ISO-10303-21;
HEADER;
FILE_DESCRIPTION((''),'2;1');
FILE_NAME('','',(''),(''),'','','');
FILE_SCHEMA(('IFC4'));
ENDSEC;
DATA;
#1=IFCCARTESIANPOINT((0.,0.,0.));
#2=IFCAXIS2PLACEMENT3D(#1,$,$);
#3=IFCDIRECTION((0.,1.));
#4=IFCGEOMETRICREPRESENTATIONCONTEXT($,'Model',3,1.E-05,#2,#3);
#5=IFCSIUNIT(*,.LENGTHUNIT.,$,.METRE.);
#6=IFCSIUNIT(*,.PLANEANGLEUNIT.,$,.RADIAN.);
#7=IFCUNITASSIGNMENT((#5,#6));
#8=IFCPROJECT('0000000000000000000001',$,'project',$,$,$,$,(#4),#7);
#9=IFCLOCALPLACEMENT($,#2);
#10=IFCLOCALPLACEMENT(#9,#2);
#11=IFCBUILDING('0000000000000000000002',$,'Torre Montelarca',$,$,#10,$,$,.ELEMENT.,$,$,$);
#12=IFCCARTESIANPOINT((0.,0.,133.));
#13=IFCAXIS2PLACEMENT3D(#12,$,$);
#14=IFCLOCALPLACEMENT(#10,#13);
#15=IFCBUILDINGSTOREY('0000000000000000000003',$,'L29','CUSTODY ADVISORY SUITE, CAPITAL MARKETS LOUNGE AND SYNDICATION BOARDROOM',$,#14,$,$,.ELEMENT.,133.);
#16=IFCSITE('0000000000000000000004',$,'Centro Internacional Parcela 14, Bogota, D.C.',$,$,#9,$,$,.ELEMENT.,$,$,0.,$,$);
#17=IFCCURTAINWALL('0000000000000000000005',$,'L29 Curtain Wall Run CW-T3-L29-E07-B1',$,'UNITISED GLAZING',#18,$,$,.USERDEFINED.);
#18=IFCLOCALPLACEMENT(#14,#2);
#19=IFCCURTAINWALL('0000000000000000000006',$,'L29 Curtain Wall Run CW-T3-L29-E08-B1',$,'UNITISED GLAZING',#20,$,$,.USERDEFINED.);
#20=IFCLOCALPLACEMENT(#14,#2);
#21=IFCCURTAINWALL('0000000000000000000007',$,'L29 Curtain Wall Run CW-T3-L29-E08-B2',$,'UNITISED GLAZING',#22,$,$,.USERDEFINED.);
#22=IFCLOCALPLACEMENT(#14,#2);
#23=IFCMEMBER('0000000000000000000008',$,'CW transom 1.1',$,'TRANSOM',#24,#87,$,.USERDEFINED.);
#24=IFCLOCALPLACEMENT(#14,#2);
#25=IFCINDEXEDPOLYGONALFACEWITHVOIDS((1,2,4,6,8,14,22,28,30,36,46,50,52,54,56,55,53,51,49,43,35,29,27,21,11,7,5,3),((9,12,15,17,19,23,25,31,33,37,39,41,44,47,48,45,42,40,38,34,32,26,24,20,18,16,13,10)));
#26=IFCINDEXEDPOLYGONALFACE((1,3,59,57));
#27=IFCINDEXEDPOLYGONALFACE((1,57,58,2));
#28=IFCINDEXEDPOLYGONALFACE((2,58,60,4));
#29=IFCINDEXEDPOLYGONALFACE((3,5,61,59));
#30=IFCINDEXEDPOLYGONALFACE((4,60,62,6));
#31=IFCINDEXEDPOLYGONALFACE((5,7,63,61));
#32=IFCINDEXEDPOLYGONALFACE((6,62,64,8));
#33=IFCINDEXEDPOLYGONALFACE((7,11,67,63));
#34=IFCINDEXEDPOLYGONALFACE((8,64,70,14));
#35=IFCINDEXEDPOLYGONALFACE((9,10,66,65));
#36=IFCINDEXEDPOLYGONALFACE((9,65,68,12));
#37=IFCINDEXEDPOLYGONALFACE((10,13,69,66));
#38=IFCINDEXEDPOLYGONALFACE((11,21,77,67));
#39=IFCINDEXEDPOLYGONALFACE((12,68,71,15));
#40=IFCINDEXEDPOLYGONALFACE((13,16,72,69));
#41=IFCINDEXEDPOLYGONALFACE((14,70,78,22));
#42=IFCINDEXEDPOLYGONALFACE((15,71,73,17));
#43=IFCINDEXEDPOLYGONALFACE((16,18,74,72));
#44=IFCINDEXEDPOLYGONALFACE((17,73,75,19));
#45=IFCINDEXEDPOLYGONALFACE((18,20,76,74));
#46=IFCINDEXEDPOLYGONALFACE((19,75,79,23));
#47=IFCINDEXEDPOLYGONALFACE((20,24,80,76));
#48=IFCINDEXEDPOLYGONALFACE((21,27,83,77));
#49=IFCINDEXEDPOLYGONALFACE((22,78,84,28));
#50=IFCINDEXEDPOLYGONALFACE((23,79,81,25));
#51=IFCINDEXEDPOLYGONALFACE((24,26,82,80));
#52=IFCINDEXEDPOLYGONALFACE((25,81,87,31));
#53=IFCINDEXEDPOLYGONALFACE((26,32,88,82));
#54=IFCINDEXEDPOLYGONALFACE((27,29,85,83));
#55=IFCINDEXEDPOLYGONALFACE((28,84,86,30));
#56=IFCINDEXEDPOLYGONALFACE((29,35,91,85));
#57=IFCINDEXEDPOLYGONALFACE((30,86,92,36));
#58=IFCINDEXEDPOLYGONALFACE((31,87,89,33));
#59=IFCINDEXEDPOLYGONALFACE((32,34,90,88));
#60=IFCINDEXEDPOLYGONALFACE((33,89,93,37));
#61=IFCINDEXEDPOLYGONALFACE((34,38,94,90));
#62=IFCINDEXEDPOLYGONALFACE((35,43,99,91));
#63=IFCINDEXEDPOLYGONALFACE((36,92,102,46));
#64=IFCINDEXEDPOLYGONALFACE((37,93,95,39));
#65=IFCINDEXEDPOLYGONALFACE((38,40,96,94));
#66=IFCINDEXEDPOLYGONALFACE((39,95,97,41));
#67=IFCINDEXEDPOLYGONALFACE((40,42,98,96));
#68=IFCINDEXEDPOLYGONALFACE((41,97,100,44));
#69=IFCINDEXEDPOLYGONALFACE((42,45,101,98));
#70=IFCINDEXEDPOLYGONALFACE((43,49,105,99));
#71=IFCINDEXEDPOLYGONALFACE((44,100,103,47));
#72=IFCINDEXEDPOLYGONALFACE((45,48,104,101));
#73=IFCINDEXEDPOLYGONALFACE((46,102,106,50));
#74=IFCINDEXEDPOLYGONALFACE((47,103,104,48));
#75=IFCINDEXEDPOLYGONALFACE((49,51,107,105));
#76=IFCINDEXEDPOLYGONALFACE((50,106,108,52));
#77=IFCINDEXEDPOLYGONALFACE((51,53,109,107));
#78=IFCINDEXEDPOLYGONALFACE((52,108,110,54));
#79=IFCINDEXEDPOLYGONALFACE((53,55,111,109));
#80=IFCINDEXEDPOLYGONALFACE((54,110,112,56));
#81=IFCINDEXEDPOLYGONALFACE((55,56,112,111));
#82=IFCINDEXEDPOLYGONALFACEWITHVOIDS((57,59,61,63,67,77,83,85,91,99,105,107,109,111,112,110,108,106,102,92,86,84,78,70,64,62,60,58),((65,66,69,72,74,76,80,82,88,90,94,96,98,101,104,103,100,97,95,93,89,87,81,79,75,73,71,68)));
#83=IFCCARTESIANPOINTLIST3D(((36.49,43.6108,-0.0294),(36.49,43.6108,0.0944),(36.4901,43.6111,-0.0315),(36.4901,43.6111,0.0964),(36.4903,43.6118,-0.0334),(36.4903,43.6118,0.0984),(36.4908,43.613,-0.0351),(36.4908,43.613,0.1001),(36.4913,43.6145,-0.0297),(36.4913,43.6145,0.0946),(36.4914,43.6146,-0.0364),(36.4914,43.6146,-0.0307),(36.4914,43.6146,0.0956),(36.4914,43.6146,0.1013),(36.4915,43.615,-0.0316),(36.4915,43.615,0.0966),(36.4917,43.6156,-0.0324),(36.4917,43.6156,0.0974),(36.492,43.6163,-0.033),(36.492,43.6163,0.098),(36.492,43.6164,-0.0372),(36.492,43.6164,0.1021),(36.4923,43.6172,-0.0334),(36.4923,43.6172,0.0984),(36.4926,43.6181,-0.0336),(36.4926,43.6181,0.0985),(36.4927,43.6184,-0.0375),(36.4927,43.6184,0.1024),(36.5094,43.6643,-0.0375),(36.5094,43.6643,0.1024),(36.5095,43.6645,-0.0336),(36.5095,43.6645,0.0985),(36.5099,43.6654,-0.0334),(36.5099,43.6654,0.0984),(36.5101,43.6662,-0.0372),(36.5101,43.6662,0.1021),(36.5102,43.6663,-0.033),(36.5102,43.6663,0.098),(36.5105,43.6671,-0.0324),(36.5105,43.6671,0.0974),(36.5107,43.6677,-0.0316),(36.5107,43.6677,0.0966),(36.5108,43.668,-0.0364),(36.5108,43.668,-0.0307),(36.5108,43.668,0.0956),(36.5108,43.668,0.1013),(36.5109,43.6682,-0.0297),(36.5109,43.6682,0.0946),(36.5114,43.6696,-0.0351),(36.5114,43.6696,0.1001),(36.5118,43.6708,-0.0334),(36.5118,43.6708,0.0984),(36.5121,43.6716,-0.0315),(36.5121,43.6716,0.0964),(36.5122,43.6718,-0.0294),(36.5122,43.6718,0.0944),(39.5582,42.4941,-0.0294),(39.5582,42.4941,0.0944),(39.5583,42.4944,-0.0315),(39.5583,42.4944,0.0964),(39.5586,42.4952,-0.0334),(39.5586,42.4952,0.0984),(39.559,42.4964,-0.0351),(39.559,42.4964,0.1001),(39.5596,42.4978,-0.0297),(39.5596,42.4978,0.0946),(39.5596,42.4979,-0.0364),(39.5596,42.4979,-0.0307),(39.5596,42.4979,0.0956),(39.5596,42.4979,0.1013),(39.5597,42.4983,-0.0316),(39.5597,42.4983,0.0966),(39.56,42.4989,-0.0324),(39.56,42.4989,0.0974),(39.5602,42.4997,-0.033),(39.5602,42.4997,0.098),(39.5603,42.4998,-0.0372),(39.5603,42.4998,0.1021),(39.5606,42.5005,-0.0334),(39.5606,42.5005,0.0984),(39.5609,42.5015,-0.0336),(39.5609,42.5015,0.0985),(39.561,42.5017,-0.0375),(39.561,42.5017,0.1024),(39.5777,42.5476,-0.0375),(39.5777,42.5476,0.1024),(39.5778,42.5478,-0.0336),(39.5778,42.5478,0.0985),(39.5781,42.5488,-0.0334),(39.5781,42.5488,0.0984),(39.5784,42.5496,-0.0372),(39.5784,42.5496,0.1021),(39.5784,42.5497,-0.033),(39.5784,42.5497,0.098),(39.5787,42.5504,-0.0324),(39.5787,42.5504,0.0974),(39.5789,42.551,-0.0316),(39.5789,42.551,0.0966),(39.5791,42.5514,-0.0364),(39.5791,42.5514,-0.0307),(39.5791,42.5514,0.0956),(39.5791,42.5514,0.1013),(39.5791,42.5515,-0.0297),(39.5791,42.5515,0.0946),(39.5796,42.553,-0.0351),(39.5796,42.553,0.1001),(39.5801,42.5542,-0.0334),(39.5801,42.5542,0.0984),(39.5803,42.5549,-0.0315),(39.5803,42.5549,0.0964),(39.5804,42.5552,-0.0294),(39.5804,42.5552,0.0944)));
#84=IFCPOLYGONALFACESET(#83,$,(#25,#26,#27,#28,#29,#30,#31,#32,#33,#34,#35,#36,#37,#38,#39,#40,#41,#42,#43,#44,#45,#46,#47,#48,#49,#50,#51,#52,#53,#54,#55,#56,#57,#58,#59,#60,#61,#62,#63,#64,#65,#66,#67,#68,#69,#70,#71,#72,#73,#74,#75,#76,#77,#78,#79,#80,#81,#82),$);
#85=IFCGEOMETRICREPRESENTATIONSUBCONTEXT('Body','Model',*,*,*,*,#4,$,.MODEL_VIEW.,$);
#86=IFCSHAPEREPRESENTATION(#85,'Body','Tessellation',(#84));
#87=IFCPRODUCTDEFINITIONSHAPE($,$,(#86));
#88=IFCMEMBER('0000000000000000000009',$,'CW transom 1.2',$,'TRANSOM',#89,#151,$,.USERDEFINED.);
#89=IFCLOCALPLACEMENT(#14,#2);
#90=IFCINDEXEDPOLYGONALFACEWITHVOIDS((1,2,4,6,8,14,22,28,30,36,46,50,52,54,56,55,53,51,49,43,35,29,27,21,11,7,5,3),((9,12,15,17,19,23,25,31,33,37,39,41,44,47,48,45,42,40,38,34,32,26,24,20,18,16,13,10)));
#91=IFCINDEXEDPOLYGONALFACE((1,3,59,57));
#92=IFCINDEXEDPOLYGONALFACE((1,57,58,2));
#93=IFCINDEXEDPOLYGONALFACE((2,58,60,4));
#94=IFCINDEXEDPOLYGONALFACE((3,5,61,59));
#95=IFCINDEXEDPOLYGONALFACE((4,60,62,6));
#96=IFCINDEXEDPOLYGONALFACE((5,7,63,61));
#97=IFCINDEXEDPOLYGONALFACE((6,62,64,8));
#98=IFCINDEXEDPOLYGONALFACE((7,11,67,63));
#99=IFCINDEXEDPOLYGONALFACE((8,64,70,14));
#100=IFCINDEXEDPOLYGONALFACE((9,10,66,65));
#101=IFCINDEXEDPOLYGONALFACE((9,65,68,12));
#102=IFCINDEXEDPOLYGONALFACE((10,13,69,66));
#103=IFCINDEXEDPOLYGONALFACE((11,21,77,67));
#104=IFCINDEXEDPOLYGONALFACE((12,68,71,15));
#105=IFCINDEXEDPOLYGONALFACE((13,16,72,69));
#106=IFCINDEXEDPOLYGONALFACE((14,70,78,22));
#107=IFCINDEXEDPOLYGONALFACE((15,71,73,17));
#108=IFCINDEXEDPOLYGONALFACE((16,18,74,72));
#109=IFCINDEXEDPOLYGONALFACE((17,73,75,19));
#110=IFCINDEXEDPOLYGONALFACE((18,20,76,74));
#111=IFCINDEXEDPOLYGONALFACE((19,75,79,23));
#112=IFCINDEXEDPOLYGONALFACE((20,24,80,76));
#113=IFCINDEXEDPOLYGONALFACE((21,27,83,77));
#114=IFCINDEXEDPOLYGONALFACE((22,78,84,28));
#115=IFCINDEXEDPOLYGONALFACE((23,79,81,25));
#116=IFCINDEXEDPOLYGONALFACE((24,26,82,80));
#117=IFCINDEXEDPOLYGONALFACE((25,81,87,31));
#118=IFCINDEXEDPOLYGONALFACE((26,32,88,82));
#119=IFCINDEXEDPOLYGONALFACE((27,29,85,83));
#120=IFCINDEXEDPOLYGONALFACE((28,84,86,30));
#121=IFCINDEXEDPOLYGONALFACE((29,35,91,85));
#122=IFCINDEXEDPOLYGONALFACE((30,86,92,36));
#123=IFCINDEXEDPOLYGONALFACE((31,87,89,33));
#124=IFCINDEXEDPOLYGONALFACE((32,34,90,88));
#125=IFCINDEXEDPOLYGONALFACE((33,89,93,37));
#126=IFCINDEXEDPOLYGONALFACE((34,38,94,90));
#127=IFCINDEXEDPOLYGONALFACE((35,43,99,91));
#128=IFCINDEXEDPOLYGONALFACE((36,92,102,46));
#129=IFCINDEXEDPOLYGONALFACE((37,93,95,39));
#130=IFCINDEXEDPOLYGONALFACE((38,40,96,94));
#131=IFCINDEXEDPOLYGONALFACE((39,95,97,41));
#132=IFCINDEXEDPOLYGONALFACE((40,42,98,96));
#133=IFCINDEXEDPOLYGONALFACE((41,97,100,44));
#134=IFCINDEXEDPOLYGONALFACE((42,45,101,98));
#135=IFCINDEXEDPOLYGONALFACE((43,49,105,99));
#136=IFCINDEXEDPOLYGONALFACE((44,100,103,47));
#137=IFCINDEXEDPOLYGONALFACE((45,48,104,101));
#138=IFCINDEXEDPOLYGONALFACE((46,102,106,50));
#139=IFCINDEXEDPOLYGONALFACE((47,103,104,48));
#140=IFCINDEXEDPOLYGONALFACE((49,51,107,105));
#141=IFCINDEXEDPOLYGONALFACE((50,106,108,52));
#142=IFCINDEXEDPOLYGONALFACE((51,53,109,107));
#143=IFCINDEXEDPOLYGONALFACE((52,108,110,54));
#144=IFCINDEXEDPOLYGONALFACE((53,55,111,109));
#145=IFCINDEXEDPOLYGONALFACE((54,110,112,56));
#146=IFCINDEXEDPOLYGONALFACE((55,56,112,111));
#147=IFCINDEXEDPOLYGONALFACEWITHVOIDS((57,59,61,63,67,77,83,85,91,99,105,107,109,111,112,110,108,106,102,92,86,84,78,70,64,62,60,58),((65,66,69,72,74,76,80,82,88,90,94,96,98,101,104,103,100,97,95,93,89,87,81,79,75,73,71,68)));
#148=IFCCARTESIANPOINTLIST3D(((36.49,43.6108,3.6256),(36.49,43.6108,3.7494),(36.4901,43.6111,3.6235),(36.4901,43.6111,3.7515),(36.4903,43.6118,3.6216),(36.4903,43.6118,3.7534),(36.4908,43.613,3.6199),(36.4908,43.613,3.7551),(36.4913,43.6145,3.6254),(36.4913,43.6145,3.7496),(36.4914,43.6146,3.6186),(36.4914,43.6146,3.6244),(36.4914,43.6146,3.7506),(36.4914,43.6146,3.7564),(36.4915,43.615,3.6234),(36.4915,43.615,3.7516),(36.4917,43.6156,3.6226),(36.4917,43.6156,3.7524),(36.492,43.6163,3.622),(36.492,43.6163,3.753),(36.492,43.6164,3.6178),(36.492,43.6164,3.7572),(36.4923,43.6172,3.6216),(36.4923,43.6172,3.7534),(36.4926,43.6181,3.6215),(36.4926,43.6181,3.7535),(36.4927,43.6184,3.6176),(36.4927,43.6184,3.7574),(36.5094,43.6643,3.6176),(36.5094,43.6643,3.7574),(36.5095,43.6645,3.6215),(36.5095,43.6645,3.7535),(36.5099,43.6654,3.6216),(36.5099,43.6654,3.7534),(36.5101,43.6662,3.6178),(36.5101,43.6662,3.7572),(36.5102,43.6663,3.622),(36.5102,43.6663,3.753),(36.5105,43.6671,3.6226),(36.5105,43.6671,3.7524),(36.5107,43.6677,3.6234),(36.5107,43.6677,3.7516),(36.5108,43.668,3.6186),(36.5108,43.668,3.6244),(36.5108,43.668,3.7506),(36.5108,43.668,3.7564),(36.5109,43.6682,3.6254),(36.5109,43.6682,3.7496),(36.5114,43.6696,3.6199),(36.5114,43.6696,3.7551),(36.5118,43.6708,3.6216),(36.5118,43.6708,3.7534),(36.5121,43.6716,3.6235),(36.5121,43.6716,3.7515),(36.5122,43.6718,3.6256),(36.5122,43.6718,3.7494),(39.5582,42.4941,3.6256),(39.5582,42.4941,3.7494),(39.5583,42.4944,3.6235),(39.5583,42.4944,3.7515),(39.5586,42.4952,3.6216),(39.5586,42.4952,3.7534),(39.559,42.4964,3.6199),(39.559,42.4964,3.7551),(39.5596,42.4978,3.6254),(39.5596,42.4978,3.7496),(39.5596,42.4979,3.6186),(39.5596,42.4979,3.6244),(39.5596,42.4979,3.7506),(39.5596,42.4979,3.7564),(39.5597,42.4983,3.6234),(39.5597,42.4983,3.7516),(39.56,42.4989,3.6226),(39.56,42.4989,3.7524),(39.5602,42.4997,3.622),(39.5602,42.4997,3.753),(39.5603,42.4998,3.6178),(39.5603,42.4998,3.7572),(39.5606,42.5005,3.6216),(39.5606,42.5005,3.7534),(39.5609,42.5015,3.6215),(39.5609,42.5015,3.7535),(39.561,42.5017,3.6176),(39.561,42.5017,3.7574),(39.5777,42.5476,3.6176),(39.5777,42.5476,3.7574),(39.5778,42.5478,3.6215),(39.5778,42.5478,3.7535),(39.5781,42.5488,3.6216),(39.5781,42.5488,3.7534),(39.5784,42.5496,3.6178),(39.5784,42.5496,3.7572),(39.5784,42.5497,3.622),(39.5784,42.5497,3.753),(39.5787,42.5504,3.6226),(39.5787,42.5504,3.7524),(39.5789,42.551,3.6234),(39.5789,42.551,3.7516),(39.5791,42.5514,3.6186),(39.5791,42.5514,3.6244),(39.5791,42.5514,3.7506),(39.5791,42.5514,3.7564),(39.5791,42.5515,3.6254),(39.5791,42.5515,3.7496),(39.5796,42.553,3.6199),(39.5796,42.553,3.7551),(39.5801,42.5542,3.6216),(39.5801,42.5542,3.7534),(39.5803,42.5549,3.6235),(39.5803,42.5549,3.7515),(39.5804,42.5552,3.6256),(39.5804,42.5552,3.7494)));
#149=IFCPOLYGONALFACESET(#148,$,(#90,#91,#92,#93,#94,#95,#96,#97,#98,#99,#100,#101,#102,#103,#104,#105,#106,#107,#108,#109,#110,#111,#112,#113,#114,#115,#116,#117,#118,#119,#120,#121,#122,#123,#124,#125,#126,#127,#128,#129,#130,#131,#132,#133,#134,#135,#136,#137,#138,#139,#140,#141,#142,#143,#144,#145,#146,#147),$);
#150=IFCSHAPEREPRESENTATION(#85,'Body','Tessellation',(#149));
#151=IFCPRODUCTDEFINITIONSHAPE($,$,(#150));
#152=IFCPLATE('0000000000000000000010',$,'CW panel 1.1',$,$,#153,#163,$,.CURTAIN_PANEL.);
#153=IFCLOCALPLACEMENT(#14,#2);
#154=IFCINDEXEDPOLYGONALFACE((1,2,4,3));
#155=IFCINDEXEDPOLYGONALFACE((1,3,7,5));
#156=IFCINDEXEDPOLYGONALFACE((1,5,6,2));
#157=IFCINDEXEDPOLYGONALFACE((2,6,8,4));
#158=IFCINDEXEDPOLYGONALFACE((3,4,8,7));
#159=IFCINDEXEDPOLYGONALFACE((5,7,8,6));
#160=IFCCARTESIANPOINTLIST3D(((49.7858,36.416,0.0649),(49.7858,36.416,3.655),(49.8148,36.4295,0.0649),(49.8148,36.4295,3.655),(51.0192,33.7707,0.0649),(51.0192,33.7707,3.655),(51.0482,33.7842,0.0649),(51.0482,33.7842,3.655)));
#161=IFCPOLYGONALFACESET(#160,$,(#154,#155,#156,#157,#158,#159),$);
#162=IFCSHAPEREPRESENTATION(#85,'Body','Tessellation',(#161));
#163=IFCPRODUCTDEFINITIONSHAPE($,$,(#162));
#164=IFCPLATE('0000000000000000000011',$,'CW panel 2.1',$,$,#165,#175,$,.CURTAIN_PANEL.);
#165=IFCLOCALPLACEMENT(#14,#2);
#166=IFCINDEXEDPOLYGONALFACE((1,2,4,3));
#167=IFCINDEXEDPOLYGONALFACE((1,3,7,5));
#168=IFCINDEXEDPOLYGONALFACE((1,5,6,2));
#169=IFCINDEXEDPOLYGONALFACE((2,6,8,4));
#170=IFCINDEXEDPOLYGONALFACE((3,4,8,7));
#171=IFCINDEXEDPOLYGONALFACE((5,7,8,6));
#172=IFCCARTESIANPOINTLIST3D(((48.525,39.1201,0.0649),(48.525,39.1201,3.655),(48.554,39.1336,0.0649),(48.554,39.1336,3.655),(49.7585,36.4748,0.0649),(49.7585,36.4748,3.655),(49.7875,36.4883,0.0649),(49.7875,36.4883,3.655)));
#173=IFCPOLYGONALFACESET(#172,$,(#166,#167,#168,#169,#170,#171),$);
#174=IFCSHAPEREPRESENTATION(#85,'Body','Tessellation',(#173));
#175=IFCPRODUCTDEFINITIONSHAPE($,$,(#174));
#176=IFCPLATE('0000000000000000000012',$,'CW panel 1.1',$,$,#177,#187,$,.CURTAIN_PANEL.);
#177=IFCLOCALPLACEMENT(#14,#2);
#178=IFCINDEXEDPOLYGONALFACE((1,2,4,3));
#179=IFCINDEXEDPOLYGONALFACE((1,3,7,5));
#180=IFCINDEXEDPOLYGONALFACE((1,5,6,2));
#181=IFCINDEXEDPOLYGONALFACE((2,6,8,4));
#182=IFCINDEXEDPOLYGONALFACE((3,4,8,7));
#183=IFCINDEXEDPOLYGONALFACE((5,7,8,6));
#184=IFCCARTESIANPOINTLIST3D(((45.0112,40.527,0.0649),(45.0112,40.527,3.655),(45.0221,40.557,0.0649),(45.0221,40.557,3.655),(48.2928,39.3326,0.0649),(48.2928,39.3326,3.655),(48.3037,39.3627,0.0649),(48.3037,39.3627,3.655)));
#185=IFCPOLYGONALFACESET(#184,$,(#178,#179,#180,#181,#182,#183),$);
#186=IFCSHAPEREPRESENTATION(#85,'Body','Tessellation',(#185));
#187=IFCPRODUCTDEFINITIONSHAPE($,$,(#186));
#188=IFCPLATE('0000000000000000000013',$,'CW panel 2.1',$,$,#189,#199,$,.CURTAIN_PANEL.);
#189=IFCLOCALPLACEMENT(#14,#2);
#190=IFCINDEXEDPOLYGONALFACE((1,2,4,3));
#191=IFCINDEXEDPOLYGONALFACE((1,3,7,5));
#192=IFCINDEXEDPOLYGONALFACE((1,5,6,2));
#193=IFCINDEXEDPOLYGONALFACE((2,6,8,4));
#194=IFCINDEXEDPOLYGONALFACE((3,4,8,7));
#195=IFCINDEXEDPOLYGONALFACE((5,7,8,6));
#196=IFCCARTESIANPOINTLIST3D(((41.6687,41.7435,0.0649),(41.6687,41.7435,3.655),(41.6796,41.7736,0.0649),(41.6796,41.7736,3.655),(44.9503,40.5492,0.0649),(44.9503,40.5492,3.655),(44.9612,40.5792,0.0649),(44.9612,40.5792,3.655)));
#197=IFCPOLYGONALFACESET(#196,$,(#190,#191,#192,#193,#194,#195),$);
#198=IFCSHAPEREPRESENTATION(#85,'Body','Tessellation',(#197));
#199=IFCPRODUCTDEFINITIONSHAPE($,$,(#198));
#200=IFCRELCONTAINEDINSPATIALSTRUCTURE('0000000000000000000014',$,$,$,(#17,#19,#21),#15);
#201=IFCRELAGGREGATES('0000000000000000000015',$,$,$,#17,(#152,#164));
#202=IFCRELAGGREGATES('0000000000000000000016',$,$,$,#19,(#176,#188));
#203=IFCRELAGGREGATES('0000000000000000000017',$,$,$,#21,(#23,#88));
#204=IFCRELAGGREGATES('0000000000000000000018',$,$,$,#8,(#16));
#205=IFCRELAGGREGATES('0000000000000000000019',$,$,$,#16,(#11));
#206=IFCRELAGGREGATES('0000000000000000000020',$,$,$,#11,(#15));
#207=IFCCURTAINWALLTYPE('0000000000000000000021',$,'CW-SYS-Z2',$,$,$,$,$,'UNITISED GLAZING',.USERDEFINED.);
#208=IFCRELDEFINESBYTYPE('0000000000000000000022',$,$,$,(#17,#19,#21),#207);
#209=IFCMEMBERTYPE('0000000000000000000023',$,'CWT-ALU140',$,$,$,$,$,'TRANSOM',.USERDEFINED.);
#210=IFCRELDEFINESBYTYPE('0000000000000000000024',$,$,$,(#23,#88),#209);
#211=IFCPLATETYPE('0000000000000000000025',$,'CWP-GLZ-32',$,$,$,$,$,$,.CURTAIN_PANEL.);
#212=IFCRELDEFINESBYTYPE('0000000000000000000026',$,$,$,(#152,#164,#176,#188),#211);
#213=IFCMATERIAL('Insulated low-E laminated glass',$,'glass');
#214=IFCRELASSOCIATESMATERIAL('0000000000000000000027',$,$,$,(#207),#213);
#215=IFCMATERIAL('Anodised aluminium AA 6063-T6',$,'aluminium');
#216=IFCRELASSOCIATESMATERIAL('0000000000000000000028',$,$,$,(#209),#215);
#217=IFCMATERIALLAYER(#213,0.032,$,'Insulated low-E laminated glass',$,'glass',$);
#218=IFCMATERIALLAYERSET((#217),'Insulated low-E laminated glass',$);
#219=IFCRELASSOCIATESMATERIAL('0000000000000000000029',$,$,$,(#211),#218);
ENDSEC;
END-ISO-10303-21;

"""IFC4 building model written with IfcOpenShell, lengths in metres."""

from ifc_helpers import new_model, si_unit, direction, frame, origin, origin_2d, place, context, subcontext, project, spatial, rectangle, hollow_rectangle, extrude, source, transform, mapped, material, layer, layer_set, material_profile, profile_set, type_object, element, aggregate, save


model = new_model("IFC4")

# Units and contexts
model_context = context("Model", 3, precision=1e-05, world=origin(), true_north=direction((0.0, 1.0)))
body_context = subcontext(model_context, "Body", "Model", "MODEL_VIEW")
ifc_project = project(units=[si_unit("LENGTHUNIT", "METRE"), si_unit("PLANEANGLEUNIT", "RADIAN")], contexts=[model_context])

# Site, building, storey
site_placement = place(None, origin())
site = spatial("IfcSite", under=ifc_project, at=site_placement, Name="Centro Internacional Parcela 14, Bogota, D.C.", CompositionType="ELEMENT", RefElevation=0.0)
building_placement = place(site_placement, origin())
building = spatial("IfcBuilding", under=site, at=building_placement, Name="Torre Montelarca", CompositionType="ELEMENT")
storey_placement = place(building_placement, frame((0.0, 0.0, 133.0)))
storey = spatial("IfcBuildingStorey", under=building, at=storey_placement, Name="L29", Description="CUSTODY ADVISORY SUITE, CAPITAL MARKETS LOUNGE AND SYNDICATION BOARDROOM", CompositionType="ELEMENT", Elevation=133.0)

# Curtain wall
ifc_material_1 = material(Name="Insulated low-E laminated glass", Category="glass")
curtain_wall_type = type_object("IfcCurtainWallType", Name="CW-SYS-Z2", ElementType="UNITISED GLAZING", PredefinedType="USERDEFINED", material=ifc_material_1)
curtain_wall_1_placement = place(storey_placement, origin())
curtain_wall_1 = element("IfcCurtainWall", 1, at=curtain_wall_1_placement, inside=storey, type_object=curtain_wall_type, Name="L29 Curtain Wall Run CW-T3-L29-E07-B1", ObjectType="UNITISED GLAZING", PredefinedType="USERDEFINED")
ifc_material_2 = material(Name="Anodised aluminium AA 6063-T6", Category="aluminium")
ifc_material_profile_1 = material_profile(ifc_material_2, hollow_rectangle(XDim=0.0649, YDim=0.1399, WallThickness=0.0039, InnerFilletRadius=0.0039, OuterFilletRadius=0.0081, at=origin_2d()), Name="ALU65X140X4", Category="aluminium")
ifc_profile_set_1 = profile_set([ifc_material_profile_1], Name="Anodised aluminium AA 6063-T6")
member_type_1 = type_object("IfcMemberType", Name="CWT-ALU140", ElementType="TRANSOM", PredefinedType="USERDEFINED", material=ifc_profile_set_1)

# Curtain wall
curtain_wall_2_placement = place(storey_placement, origin())
curtain_wall_2 = element("IfcCurtainWall", 2, at=curtain_wall_2_placement, inside=storey, type_object=curtain_wall_type, Name="L29 Curtain Wall Run CW-T3-L29-E08-B1", ObjectType="UNITISED GLAZING", PredefinedType="USERDEFINED")

# Curtain wall
curtain_wall_3_placement = place(storey_placement, origin())
curtain_wall_3 = element("IfcCurtainWall", 3, at=curtain_wall_3_placement, inside=storey, type_object=curtain_wall_type, Name="L29 Curtain Wall Run CW-T3-L29-E08-B2", ObjectType="UNITISED GLAZING", PredefinedType="USERDEFINED")

# Members
shared_shape_1 = source(origin(), body_context, "Body", "SweptSolid", [
    extrude(hollow_rectangle(XDim=0.0649, YDim=0.1399, WallThickness=0.0039, InnerFilletRadius=0.0039, OuterFilletRadius=0.0081, at=origin_2d()), origin(), (0.0, 0.0, 1.0), 3.2651),
])
member_1_placement = place(storey_placement, frame((39.5693, 42.5247, 0.0325), z_axis=(-0.939702, 0.341995, 0.0), x_axis=(-0.341995, -0.939702, 0.0)))
member_1 = element("IfcMember", 4, at=member_1_placement, type_object=member_type_1, Name="CW transom 1.1", ObjectType="TRANSOM", PredefinedType="USERDEFINED", context=body_context, shape_type="MappedRepresentation", body=[
    mapped(shared_shape_1, transform((0.0, 0.0, 0.0), scale=1.0)),
])
member_2_placement = place(storey_placement, frame((39.5693, 42.5247, 3.6875), z_axis=(-0.939702, 0.341995, 0.0), x_axis=(-0.341995, -0.939702, 0.0)))
member_2 = element("IfcMember", 5, at=member_2_placement, type_object=member_type_1, Name="CW transom 1.2", ObjectType="TRANSOM", PredefinedType="USERDEFINED", context=body_context, shape_type="MappedRepresentation", body=[
    mapped(shared_shape_1, transform((0.0, 0.0, 0.0), scale=1.0)),
])

# Plates
ifc_layer_1 = layer(ifc_material_1, 0.032, Name="Insulated low-E laminated glass", Category="glass")
ifc_layer_set_1 = layer_set([ifc_layer_1], Name="Insulated low-E laminated glass")
plate_type = type_object("IfcPlateType", Name="CWP-GLZ-32", PredefinedType="CURTAIN_PANEL", material=ifc_layer_set_1)
shared_shape_2 = source(origin(), body_context, "Body", "SweptSolid", [
    extrude(rectangle(XDim=2.9187, YDim=0.032, at=origin_2d()), origin(), (0.0, 0.0, 1.0), 3.5901),
])
plate_1_placement = place(storey_placement, frame((50.417, 35.1001, 0.0649), z_axis=(0.0, 0.0, 1.0), x_axis=(-0.422598, 0.906317, 0.0)))
plate_1 = element("IfcPlate", 6, at=plate_1_placement, type_object=plate_type, Name="CW panel 1.1", PredefinedType="CURTAIN_PANEL", context=body_context, shape_type="MappedRepresentation", body=[
    mapped(shared_shape_2, transform((0.0, 0.0, 0.0), scale=1.0)),
])
plate_2_placement = place(storey_placement, frame((49.1562, 37.8042, 0.0649), z_axis=(0.0, 0.0, 1.0), x_axis=(-0.422598, 0.906317, 0.0)))
plate_2 = element("IfcPlate", 7, at=plate_2_placement, type_object=plate_type, Name="CW panel 2.1", PredefinedType="CURTAIN_PANEL", context=body_context, shape_type="MappedRepresentation", body=[
    mapped(shared_shape_2, transform((0.0, 0.0, 0.0), scale=1.0)),
])
aggregate(curtain_wall_1, [plate_1, plate_2])
shared_shape_3 = source(origin(), body_context, "Body", "SweptSolid", [
    extrude(rectangle(XDim=3.4922, YDim=0.032, at=origin_2d()), origin(), (0.0, 0.0, 1.0), 3.5901),
])
plate_3_placement = place(storey_placement, frame((46.6575, 39.9448, 0.0649), z_axis=(0.0, 0.0, 1.0), x_axis=(-0.939693, 0.342018, 0.0)))
plate_3 = element("IfcPlate", 8, at=plate_3_placement, type_object=plate_type, Name="CW panel 1.1", PredefinedType="CURTAIN_PANEL", context=body_context, shape_type="MappedRepresentation", body=[
    mapped(shared_shape_3, transform((0.0, 0.0, 0.0), scale=1.0)),
])
plate_4_placement = place(storey_placement, frame((43.3149, 41.1614, 0.0649), z_axis=(0.0, 0.0, 1.0), x_axis=(-0.939693, 0.342018, 0.0)))
plate_4 = element("IfcPlate", 9, at=plate_4_placement, type_object=plate_type, Name="CW panel 2.1", PredefinedType="CURTAIN_PANEL", context=body_context, shape_type="MappedRepresentation", body=[
    mapped(shared_shape_3, transform((0.0, 0.0, 0.0), scale=1.0)),
])
aggregate(curtain_wall_2, [plate_3, plate_4])
aggregate(curtain_wall_3, [member_1, member_2])

save(model, "model.ifc")
